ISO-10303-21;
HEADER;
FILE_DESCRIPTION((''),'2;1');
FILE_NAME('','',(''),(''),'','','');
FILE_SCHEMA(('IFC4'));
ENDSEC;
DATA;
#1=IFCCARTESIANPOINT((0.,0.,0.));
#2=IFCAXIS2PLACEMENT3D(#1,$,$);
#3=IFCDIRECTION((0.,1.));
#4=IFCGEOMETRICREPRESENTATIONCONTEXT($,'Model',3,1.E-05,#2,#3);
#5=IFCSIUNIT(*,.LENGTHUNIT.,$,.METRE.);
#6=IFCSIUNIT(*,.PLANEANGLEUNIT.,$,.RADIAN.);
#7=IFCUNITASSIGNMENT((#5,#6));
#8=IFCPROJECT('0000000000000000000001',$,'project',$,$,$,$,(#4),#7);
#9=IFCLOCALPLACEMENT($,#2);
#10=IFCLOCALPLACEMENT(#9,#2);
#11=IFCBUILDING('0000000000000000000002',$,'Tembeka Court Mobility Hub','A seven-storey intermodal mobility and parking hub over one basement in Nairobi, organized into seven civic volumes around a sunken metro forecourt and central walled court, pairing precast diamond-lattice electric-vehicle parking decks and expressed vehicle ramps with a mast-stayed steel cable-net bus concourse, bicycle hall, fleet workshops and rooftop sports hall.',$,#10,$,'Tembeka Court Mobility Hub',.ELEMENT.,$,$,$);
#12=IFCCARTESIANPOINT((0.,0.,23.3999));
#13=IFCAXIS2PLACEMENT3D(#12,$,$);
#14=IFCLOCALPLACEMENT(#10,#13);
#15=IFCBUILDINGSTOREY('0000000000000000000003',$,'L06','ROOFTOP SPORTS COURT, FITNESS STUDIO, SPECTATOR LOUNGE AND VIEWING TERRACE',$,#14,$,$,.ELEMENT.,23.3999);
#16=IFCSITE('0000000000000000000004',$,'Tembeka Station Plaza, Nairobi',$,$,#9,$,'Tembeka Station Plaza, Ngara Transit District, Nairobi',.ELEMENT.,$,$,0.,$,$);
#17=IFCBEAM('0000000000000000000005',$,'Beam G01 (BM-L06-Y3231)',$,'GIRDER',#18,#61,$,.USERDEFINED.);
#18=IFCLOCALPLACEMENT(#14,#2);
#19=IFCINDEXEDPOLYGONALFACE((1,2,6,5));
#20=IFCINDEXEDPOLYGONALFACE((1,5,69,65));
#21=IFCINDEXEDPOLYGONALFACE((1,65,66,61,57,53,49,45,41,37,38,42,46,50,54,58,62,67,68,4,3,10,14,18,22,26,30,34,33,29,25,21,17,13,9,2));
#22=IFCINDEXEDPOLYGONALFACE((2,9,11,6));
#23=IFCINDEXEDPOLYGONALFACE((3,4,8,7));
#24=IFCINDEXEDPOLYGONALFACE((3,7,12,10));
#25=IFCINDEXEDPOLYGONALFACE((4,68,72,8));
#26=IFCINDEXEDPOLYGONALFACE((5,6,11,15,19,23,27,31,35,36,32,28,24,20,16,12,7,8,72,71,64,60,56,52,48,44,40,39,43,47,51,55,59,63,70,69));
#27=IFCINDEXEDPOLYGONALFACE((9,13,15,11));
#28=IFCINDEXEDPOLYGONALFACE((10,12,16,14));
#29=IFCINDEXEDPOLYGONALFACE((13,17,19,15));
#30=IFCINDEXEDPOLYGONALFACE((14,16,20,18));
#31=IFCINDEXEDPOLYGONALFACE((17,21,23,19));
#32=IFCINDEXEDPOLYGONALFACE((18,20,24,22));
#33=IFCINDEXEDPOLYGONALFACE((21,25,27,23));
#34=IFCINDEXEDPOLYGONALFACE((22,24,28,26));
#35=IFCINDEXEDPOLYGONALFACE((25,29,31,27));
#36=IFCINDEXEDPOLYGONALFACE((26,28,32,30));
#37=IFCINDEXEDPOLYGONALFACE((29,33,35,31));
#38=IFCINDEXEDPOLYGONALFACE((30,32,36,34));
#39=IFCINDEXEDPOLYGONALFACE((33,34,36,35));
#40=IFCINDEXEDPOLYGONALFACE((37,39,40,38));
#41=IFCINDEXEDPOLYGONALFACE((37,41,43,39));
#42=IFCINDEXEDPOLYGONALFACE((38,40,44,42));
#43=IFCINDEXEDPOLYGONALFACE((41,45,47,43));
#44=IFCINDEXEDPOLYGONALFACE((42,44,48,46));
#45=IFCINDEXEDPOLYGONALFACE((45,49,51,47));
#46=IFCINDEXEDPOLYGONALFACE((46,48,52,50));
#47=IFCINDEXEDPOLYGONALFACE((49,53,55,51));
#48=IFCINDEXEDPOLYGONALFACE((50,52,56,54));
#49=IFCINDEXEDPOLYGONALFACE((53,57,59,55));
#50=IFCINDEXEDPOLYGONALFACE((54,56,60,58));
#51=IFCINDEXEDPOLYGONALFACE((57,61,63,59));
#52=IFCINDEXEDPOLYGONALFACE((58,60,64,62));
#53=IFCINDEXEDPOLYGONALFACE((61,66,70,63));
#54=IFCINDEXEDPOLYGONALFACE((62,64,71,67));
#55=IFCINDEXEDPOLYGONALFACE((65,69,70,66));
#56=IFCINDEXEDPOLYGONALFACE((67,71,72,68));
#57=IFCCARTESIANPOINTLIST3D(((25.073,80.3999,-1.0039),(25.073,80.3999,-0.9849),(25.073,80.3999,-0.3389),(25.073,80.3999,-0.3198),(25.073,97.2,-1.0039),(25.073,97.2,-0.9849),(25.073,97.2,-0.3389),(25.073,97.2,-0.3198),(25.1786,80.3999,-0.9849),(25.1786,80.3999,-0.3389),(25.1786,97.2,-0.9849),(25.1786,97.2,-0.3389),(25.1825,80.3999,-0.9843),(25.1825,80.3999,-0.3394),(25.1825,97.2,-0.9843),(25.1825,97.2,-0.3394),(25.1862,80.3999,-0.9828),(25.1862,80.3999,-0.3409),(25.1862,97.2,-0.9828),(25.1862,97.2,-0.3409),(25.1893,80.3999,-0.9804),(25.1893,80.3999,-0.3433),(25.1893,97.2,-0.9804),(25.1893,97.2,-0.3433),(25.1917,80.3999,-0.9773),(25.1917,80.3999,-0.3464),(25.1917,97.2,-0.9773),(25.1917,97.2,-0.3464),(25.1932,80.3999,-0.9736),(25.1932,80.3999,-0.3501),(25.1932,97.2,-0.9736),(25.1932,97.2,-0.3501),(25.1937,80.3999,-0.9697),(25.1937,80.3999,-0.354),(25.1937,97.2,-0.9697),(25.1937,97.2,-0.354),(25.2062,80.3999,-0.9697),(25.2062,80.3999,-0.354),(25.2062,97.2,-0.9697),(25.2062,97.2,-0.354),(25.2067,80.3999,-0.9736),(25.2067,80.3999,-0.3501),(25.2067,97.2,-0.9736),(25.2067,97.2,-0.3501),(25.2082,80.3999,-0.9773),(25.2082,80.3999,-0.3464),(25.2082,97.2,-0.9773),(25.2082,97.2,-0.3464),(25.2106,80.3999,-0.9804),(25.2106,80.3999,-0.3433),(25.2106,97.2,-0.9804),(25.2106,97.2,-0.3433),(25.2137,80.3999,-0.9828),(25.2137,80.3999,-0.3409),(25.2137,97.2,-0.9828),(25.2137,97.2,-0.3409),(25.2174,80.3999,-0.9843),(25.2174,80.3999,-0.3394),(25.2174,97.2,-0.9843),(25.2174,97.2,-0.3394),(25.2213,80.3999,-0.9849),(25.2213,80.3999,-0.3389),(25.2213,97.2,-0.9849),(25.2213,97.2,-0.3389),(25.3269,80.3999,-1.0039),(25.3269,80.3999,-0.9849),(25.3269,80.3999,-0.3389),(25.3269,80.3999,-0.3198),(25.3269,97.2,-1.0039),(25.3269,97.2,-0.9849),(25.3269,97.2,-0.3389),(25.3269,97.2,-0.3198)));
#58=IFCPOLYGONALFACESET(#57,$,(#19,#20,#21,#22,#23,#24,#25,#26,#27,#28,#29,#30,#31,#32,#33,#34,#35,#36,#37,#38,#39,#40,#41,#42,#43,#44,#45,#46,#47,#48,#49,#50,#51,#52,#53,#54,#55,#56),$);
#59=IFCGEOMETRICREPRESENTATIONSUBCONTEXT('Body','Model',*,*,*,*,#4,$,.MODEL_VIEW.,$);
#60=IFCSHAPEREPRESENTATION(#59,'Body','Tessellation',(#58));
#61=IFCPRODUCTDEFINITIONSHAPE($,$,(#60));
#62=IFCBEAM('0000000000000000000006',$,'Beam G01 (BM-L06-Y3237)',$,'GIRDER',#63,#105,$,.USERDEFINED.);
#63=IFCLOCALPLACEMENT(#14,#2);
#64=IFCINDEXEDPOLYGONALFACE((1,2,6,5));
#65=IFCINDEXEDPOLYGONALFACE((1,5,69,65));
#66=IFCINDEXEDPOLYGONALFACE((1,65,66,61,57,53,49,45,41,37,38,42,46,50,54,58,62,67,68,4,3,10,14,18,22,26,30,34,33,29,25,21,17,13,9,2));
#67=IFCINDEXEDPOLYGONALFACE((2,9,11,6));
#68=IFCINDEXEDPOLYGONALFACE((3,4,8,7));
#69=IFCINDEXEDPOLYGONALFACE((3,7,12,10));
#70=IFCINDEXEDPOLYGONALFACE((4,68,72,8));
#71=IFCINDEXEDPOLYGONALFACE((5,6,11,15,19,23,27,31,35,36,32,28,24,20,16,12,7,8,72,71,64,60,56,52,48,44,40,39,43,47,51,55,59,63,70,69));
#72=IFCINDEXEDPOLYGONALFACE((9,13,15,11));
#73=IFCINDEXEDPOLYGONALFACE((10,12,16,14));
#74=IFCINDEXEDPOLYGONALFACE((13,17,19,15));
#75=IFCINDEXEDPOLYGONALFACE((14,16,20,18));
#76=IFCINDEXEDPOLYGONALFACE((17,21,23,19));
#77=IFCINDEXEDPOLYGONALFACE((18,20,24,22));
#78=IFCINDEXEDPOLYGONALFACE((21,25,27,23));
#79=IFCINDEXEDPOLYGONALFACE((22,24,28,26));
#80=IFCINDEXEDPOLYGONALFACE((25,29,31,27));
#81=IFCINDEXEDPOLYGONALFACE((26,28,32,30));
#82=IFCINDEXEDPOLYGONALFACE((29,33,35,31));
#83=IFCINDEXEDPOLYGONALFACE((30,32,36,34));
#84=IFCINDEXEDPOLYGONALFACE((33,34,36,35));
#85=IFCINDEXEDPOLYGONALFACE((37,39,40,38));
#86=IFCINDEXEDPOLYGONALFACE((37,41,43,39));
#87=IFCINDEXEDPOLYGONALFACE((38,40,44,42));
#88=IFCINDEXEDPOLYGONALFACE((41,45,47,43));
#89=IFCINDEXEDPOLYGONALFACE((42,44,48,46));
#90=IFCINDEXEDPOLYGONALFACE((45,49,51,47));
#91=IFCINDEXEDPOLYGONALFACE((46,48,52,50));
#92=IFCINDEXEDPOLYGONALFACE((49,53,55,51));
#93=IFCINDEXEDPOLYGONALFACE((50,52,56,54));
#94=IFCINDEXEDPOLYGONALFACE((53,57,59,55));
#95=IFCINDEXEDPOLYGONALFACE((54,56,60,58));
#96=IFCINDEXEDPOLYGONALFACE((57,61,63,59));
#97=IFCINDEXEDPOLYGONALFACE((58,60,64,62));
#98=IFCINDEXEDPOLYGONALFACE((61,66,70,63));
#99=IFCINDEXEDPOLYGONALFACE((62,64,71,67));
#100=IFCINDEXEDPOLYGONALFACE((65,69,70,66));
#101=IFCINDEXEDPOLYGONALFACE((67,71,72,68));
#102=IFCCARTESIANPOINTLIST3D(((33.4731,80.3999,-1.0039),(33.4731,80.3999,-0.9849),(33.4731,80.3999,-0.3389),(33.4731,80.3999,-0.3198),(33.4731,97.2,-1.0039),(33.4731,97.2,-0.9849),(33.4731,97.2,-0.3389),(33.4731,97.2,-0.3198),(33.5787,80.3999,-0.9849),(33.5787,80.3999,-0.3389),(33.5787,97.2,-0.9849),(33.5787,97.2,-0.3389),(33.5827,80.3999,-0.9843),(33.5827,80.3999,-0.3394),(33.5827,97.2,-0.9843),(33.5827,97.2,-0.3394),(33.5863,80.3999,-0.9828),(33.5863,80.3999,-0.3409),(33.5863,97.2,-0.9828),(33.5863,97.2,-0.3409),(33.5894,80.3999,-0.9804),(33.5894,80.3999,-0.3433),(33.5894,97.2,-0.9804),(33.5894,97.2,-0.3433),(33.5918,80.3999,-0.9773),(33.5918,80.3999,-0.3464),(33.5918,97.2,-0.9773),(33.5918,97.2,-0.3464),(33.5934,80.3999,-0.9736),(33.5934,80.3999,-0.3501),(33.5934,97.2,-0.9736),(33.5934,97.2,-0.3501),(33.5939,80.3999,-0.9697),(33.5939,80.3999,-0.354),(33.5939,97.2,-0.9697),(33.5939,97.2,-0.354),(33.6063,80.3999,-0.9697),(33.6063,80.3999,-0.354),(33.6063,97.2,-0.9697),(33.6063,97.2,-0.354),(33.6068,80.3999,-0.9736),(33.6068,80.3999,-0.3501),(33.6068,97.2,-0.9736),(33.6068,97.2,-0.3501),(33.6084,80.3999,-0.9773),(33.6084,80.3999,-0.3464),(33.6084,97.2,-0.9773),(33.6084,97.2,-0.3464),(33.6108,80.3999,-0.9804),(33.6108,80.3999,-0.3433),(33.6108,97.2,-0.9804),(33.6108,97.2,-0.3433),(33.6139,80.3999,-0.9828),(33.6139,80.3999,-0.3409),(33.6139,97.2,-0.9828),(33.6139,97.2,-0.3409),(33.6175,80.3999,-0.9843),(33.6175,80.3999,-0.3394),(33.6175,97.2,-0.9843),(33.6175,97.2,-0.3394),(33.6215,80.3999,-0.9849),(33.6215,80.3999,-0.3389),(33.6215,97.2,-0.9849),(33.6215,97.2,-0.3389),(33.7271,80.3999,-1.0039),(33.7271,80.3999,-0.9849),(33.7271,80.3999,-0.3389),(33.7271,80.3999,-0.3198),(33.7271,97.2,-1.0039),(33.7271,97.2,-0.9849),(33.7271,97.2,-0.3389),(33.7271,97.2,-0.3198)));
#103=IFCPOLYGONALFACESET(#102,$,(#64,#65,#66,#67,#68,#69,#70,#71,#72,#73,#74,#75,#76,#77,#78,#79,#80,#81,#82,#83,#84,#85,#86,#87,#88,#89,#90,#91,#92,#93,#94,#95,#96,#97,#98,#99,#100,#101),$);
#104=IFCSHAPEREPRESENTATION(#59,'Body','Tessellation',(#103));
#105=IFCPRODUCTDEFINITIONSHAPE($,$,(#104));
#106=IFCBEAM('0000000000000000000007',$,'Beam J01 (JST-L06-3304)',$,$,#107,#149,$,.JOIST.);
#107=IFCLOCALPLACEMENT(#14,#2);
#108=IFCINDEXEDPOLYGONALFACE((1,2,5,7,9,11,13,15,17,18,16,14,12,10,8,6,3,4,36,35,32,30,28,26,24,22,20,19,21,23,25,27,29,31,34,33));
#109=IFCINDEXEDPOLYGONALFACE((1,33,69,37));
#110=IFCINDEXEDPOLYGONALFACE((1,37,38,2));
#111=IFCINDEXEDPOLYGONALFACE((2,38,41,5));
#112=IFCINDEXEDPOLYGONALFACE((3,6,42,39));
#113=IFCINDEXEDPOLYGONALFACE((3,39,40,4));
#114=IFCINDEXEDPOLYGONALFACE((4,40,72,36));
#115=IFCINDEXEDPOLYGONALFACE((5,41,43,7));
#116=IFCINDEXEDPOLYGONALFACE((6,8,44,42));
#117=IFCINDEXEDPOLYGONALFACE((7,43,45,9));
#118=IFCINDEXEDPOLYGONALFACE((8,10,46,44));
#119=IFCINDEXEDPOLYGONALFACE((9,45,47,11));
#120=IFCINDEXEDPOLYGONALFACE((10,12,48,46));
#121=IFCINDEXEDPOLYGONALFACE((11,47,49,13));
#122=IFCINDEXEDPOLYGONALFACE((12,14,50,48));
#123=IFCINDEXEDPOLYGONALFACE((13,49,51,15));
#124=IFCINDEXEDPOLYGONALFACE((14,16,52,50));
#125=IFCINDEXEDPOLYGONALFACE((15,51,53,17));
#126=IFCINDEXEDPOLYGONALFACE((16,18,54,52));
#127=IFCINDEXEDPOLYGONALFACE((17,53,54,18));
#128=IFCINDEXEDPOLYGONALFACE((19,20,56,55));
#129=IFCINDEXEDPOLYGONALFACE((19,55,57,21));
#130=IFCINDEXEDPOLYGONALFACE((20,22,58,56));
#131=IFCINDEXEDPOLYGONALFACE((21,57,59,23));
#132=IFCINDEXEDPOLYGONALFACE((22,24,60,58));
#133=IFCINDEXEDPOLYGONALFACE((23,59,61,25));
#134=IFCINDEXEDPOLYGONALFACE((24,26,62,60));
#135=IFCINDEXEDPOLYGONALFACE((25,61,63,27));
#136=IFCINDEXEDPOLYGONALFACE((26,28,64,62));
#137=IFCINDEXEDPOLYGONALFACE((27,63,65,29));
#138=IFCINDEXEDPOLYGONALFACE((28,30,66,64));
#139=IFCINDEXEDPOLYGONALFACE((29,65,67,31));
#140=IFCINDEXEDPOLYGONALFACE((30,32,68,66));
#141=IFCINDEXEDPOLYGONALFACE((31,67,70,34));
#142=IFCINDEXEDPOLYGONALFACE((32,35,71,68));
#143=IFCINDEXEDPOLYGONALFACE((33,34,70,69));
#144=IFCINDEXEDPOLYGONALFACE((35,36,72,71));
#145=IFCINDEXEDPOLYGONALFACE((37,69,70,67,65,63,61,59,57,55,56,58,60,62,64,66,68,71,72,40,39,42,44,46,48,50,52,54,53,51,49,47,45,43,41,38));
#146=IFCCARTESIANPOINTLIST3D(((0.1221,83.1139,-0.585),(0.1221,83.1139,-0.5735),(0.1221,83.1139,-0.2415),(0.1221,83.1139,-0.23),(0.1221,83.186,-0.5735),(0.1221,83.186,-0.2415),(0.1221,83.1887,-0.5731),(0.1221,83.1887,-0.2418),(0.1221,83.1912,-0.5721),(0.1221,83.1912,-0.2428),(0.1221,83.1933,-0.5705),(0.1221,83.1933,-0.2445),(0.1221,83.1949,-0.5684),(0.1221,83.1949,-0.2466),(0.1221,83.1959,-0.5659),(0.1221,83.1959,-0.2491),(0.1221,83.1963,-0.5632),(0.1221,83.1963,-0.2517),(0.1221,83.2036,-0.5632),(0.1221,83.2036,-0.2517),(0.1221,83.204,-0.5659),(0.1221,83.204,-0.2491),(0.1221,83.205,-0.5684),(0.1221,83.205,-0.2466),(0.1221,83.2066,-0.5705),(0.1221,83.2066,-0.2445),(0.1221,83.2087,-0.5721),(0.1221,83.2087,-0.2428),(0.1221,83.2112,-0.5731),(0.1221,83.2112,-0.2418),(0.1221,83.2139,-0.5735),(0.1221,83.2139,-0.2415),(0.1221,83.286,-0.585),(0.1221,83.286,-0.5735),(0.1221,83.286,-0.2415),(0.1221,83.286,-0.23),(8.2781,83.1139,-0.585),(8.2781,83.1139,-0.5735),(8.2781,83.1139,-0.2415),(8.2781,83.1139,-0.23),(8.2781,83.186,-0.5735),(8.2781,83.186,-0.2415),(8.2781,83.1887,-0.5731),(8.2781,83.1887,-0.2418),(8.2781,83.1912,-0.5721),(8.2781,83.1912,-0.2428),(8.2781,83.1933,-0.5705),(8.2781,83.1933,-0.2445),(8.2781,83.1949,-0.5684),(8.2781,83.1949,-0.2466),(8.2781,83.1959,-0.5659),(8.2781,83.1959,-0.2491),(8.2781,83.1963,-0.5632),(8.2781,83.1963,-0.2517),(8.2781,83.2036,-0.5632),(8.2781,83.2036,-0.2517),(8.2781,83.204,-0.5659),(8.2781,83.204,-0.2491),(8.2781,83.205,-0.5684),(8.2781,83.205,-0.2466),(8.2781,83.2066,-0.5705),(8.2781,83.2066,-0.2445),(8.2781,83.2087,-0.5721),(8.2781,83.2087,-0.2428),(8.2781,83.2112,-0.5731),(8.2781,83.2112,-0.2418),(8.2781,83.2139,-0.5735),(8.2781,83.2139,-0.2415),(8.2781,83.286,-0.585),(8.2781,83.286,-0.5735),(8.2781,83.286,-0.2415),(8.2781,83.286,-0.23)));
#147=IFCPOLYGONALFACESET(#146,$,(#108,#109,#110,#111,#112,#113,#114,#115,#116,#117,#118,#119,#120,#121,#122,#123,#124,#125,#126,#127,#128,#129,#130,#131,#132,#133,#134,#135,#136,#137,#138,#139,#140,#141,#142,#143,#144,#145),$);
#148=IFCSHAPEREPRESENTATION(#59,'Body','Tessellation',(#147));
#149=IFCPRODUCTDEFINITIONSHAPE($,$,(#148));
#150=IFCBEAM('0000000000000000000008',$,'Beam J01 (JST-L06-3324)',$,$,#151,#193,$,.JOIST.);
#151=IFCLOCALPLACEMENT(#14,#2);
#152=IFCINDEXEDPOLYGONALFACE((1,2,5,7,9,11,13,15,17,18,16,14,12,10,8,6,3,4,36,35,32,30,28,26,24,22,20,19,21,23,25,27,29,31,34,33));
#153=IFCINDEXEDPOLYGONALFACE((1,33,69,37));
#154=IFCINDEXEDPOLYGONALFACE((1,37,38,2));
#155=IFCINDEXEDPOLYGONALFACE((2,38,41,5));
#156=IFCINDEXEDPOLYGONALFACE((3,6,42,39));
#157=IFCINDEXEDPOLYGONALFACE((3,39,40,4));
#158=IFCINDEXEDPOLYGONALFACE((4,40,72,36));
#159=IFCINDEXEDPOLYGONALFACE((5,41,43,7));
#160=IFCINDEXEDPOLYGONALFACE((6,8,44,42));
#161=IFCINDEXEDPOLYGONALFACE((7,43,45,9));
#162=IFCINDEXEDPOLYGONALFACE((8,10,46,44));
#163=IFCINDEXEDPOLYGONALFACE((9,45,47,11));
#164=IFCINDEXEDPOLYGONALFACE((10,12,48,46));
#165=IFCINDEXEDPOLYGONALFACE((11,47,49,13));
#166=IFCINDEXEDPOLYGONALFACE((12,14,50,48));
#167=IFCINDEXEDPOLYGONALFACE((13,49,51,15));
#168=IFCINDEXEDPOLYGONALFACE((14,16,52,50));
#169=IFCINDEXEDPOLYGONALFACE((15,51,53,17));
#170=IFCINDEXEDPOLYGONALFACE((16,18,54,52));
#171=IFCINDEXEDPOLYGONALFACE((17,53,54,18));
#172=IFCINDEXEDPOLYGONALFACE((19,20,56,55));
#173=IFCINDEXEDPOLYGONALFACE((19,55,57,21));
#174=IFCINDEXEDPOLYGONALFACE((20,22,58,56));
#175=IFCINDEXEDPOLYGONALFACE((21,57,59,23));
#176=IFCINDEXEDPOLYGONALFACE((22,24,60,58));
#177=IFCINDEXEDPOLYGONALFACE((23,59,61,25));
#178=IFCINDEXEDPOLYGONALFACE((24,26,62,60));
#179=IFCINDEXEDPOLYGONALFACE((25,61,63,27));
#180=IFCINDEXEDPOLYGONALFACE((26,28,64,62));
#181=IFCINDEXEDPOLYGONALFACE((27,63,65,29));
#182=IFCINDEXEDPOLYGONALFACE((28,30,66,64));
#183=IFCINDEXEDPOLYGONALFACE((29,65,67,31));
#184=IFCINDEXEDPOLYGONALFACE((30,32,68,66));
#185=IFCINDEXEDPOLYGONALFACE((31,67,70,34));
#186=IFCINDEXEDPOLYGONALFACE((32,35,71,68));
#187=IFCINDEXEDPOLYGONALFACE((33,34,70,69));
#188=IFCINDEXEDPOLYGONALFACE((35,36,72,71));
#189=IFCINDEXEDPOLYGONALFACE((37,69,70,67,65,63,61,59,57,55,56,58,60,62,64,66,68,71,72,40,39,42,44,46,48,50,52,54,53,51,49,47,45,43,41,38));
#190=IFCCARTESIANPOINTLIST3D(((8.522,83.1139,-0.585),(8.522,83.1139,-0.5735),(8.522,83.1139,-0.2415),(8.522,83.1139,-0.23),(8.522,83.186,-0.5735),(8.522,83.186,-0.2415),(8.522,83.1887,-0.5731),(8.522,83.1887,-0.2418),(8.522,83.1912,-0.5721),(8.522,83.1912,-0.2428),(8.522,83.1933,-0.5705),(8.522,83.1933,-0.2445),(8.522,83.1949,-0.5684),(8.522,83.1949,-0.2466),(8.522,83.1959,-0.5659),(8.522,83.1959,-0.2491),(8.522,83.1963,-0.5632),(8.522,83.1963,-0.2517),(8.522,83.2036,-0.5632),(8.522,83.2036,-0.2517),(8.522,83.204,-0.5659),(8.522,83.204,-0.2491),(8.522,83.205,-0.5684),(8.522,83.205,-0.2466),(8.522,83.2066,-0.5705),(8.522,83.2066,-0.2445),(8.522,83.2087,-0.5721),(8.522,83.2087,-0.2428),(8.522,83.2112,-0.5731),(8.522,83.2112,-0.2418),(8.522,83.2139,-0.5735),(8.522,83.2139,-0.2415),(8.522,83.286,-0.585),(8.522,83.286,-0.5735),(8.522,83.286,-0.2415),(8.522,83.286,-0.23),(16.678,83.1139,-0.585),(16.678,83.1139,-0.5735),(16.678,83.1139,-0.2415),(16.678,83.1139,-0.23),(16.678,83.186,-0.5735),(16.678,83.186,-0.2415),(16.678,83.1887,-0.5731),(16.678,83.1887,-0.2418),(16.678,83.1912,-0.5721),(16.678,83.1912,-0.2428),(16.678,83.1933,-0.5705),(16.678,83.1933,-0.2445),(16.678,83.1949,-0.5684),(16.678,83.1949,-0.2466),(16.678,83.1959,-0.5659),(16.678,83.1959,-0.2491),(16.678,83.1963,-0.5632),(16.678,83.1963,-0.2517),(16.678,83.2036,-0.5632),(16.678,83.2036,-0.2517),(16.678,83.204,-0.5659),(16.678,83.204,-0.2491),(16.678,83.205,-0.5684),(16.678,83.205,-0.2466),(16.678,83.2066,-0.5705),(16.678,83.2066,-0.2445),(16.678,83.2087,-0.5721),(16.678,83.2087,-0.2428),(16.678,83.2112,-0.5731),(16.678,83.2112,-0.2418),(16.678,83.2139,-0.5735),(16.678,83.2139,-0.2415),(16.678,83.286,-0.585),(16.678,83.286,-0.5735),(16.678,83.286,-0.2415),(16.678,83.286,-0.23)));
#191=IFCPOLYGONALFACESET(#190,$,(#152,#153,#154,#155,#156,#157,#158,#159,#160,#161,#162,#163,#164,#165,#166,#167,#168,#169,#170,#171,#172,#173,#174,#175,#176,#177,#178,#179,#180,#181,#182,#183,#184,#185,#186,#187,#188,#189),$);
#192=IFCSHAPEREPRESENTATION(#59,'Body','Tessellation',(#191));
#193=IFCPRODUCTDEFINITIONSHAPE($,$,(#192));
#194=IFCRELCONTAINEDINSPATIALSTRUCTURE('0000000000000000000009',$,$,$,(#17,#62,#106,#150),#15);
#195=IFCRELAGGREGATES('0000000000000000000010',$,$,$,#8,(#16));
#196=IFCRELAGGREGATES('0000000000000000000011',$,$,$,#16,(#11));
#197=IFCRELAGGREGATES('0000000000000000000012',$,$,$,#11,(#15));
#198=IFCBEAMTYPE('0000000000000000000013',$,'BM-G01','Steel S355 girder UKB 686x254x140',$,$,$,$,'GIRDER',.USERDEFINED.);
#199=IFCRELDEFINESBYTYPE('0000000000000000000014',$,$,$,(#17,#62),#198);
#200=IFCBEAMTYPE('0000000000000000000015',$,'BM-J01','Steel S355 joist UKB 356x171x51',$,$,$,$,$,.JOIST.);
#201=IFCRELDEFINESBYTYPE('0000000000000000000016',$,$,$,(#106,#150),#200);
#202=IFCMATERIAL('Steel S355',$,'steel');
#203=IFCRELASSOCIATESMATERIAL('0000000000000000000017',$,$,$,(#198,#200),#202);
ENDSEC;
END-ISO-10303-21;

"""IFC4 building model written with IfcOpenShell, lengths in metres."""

from ifc_helpers import new_model, si_unit, direction, frame, origin, origin_2d, place, context, subcontext, project, spatial, i_section, extrude, material, material_profile, profile_set, type_object, element, save


model = new_model("IFC4")

# Units and contexts
model_context = context("Model", 3, precision=1e-05, world=origin(), true_north=direction((0.0, 1.0)))
body_context = subcontext(model_context, "Body", "Model", "MODEL_VIEW")
ifc_project = project(units=[si_unit("LENGTHUNIT", "METRE"), si_unit("PLANEANGLEUNIT", "RADIAN")], contexts=[model_context])

# Site, building, storey
site_placement = place(None, origin())
site = spatial("IfcSite", under=ifc_project, at=site_placement, Name="Tembeka Station Plaza, Nairobi", LongName="Tembeka Station Plaza, Ngara Transit District, Nairobi", CompositionType="ELEMENT", RefElevation=0.0)
building_placement = place(site_placement, origin())
building = spatial("IfcBuilding", under=site, at=building_placement, Name="Tembeka Court Mobility Hub", Description="A seven-storey intermodal mobility and parking hub over one basement in Nairobi, organized into seven civic volumes around a sunken metro forecourt and central walled court, pairing precast diamond-lattice electric-vehicle parking decks and expressed vehicle ramps with a mast-stayed steel cable-net bus concourse, bicycle hall, fleet workshops and rooftop sports hall.", LongName="Tembeka Court Mobility Hub", CompositionType="ELEMENT")
storey_placement = place(building_placement, frame((0.0, 0.0, 23.3999)))
storey = spatial("IfcBuildingStorey", under=building, at=storey_placement, Name="L06", Description="ROOFTOP SPORTS COURT, FITNESS STUDIO, SPECTATOR LOUNGE AND VIEWING TERRACE", CompositionType="ELEMENT", Elevation=23.3999)

# Shared definitions
ifc_material_1 = material(Name="Steel S355", Category="steel")

# Beams
ifc_material_profile_1 = material_profile(ifc_material_1, i_section(OverallWidth=0.2539, OverallDepth=0.6841, WebThickness=0.0125, FlangeThickness=0.019, FilletRadius=0.0151, at=origin_2d()), Name="UKB 686x254x140")
ifc_profile_set_1 = profile_set([ifc_material_profile_1], Name="Steel S355")
beam_type_1 = type_object("IfcBeamType", Name="BM-G01", Description="Steel S355 girder UKB 686x254x140", ElementType="GIRDER", PredefinedType="USERDEFINED", material=ifc_profile_set_1)
for number, where, z_axis, x_axis, name in (
    (1, (25.2, 80.3999, -0.6619), (0.0, 1.0, 0.0), (-1.0, 0.0, 0.0), "Beam G01 (BM-L06-Y3231)"),
    (2, (33.6001, 80.3999, -0.6619), (0.0, 1.0, 0.0), (-1.0, 0.0, 0.0), "Beam G01 (BM-L06-Y3237)"),
):
    element("IfcBeam", number, at=place(storey_placement, frame(where, z_axis=z_axis, x_axis=x_axis)), inside=storey, type_object=beam_type_1, Name=name, ObjectType="GIRDER", PredefinedType="USERDEFINED", context=body_context, shape_type="SweptSolid", body=[
        extrude(i_section(OverallWidth=0.2539, OverallDepth=0.6841, WebThickness=0.0125, FlangeThickness=0.019, FilletRadius=0.0151, at=origin_2d()), origin(), (0.0, 0.0, 1.0), 16.8),
    ])
ifc_material_profile_2 = material_profile(ifc_material_1, i_section(OverallWidth=0.1721, OverallDepth=0.355, WebThickness=0.0073, FlangeThickness=0.0115, FilletRadius=0.0103, at=origin_2d()), Name="UKB 356x171x51")
ifc_profile_set_2 = profile_set([ifc_material_profile_2], Name="Steel S355")
beam_type_2 = type_object("IfcBeamType", Name="BM-J01", Description="Steel S355 joist UKB 356x171x51", PredefinedType="JOIST", material=ifc_profile_set_2)
for number, where, z_axis, x_axis, name in (
    (3, (0.1221, 83.2, -0.4075), (1.0, 0.0, 0.0), (0.0, 1.0, 0.0), "Beam J01 (JST-L06-3304)"),
    (4, (8.522, 83.2, -0.4075), (1.0, 0.0, 0.0), (0.0, 1.0, 0.0), "Beam J01 (JST-L06-3324)"),
):
    element("IfcBeam", number, at=place(storey_placement, frame(where, z_axis=z_axis, x_axis=x_axis)), inside=storey, type_object=beam_type_2, Name=name, PredefinedType="JOIST", context=body_context, shape_type="SweptSolid", body=[
        extrude(i_section(OverallWidth=0.1721, OverallDepth=0.355, WebThickness=0.0073, FlangeThickness=0.0115, FilletRadius=0.0103, at=origin_2d()), origin(), (0.0, 0.0, 1.0), 8.156),
    ])

save(model, "model.ifc")
